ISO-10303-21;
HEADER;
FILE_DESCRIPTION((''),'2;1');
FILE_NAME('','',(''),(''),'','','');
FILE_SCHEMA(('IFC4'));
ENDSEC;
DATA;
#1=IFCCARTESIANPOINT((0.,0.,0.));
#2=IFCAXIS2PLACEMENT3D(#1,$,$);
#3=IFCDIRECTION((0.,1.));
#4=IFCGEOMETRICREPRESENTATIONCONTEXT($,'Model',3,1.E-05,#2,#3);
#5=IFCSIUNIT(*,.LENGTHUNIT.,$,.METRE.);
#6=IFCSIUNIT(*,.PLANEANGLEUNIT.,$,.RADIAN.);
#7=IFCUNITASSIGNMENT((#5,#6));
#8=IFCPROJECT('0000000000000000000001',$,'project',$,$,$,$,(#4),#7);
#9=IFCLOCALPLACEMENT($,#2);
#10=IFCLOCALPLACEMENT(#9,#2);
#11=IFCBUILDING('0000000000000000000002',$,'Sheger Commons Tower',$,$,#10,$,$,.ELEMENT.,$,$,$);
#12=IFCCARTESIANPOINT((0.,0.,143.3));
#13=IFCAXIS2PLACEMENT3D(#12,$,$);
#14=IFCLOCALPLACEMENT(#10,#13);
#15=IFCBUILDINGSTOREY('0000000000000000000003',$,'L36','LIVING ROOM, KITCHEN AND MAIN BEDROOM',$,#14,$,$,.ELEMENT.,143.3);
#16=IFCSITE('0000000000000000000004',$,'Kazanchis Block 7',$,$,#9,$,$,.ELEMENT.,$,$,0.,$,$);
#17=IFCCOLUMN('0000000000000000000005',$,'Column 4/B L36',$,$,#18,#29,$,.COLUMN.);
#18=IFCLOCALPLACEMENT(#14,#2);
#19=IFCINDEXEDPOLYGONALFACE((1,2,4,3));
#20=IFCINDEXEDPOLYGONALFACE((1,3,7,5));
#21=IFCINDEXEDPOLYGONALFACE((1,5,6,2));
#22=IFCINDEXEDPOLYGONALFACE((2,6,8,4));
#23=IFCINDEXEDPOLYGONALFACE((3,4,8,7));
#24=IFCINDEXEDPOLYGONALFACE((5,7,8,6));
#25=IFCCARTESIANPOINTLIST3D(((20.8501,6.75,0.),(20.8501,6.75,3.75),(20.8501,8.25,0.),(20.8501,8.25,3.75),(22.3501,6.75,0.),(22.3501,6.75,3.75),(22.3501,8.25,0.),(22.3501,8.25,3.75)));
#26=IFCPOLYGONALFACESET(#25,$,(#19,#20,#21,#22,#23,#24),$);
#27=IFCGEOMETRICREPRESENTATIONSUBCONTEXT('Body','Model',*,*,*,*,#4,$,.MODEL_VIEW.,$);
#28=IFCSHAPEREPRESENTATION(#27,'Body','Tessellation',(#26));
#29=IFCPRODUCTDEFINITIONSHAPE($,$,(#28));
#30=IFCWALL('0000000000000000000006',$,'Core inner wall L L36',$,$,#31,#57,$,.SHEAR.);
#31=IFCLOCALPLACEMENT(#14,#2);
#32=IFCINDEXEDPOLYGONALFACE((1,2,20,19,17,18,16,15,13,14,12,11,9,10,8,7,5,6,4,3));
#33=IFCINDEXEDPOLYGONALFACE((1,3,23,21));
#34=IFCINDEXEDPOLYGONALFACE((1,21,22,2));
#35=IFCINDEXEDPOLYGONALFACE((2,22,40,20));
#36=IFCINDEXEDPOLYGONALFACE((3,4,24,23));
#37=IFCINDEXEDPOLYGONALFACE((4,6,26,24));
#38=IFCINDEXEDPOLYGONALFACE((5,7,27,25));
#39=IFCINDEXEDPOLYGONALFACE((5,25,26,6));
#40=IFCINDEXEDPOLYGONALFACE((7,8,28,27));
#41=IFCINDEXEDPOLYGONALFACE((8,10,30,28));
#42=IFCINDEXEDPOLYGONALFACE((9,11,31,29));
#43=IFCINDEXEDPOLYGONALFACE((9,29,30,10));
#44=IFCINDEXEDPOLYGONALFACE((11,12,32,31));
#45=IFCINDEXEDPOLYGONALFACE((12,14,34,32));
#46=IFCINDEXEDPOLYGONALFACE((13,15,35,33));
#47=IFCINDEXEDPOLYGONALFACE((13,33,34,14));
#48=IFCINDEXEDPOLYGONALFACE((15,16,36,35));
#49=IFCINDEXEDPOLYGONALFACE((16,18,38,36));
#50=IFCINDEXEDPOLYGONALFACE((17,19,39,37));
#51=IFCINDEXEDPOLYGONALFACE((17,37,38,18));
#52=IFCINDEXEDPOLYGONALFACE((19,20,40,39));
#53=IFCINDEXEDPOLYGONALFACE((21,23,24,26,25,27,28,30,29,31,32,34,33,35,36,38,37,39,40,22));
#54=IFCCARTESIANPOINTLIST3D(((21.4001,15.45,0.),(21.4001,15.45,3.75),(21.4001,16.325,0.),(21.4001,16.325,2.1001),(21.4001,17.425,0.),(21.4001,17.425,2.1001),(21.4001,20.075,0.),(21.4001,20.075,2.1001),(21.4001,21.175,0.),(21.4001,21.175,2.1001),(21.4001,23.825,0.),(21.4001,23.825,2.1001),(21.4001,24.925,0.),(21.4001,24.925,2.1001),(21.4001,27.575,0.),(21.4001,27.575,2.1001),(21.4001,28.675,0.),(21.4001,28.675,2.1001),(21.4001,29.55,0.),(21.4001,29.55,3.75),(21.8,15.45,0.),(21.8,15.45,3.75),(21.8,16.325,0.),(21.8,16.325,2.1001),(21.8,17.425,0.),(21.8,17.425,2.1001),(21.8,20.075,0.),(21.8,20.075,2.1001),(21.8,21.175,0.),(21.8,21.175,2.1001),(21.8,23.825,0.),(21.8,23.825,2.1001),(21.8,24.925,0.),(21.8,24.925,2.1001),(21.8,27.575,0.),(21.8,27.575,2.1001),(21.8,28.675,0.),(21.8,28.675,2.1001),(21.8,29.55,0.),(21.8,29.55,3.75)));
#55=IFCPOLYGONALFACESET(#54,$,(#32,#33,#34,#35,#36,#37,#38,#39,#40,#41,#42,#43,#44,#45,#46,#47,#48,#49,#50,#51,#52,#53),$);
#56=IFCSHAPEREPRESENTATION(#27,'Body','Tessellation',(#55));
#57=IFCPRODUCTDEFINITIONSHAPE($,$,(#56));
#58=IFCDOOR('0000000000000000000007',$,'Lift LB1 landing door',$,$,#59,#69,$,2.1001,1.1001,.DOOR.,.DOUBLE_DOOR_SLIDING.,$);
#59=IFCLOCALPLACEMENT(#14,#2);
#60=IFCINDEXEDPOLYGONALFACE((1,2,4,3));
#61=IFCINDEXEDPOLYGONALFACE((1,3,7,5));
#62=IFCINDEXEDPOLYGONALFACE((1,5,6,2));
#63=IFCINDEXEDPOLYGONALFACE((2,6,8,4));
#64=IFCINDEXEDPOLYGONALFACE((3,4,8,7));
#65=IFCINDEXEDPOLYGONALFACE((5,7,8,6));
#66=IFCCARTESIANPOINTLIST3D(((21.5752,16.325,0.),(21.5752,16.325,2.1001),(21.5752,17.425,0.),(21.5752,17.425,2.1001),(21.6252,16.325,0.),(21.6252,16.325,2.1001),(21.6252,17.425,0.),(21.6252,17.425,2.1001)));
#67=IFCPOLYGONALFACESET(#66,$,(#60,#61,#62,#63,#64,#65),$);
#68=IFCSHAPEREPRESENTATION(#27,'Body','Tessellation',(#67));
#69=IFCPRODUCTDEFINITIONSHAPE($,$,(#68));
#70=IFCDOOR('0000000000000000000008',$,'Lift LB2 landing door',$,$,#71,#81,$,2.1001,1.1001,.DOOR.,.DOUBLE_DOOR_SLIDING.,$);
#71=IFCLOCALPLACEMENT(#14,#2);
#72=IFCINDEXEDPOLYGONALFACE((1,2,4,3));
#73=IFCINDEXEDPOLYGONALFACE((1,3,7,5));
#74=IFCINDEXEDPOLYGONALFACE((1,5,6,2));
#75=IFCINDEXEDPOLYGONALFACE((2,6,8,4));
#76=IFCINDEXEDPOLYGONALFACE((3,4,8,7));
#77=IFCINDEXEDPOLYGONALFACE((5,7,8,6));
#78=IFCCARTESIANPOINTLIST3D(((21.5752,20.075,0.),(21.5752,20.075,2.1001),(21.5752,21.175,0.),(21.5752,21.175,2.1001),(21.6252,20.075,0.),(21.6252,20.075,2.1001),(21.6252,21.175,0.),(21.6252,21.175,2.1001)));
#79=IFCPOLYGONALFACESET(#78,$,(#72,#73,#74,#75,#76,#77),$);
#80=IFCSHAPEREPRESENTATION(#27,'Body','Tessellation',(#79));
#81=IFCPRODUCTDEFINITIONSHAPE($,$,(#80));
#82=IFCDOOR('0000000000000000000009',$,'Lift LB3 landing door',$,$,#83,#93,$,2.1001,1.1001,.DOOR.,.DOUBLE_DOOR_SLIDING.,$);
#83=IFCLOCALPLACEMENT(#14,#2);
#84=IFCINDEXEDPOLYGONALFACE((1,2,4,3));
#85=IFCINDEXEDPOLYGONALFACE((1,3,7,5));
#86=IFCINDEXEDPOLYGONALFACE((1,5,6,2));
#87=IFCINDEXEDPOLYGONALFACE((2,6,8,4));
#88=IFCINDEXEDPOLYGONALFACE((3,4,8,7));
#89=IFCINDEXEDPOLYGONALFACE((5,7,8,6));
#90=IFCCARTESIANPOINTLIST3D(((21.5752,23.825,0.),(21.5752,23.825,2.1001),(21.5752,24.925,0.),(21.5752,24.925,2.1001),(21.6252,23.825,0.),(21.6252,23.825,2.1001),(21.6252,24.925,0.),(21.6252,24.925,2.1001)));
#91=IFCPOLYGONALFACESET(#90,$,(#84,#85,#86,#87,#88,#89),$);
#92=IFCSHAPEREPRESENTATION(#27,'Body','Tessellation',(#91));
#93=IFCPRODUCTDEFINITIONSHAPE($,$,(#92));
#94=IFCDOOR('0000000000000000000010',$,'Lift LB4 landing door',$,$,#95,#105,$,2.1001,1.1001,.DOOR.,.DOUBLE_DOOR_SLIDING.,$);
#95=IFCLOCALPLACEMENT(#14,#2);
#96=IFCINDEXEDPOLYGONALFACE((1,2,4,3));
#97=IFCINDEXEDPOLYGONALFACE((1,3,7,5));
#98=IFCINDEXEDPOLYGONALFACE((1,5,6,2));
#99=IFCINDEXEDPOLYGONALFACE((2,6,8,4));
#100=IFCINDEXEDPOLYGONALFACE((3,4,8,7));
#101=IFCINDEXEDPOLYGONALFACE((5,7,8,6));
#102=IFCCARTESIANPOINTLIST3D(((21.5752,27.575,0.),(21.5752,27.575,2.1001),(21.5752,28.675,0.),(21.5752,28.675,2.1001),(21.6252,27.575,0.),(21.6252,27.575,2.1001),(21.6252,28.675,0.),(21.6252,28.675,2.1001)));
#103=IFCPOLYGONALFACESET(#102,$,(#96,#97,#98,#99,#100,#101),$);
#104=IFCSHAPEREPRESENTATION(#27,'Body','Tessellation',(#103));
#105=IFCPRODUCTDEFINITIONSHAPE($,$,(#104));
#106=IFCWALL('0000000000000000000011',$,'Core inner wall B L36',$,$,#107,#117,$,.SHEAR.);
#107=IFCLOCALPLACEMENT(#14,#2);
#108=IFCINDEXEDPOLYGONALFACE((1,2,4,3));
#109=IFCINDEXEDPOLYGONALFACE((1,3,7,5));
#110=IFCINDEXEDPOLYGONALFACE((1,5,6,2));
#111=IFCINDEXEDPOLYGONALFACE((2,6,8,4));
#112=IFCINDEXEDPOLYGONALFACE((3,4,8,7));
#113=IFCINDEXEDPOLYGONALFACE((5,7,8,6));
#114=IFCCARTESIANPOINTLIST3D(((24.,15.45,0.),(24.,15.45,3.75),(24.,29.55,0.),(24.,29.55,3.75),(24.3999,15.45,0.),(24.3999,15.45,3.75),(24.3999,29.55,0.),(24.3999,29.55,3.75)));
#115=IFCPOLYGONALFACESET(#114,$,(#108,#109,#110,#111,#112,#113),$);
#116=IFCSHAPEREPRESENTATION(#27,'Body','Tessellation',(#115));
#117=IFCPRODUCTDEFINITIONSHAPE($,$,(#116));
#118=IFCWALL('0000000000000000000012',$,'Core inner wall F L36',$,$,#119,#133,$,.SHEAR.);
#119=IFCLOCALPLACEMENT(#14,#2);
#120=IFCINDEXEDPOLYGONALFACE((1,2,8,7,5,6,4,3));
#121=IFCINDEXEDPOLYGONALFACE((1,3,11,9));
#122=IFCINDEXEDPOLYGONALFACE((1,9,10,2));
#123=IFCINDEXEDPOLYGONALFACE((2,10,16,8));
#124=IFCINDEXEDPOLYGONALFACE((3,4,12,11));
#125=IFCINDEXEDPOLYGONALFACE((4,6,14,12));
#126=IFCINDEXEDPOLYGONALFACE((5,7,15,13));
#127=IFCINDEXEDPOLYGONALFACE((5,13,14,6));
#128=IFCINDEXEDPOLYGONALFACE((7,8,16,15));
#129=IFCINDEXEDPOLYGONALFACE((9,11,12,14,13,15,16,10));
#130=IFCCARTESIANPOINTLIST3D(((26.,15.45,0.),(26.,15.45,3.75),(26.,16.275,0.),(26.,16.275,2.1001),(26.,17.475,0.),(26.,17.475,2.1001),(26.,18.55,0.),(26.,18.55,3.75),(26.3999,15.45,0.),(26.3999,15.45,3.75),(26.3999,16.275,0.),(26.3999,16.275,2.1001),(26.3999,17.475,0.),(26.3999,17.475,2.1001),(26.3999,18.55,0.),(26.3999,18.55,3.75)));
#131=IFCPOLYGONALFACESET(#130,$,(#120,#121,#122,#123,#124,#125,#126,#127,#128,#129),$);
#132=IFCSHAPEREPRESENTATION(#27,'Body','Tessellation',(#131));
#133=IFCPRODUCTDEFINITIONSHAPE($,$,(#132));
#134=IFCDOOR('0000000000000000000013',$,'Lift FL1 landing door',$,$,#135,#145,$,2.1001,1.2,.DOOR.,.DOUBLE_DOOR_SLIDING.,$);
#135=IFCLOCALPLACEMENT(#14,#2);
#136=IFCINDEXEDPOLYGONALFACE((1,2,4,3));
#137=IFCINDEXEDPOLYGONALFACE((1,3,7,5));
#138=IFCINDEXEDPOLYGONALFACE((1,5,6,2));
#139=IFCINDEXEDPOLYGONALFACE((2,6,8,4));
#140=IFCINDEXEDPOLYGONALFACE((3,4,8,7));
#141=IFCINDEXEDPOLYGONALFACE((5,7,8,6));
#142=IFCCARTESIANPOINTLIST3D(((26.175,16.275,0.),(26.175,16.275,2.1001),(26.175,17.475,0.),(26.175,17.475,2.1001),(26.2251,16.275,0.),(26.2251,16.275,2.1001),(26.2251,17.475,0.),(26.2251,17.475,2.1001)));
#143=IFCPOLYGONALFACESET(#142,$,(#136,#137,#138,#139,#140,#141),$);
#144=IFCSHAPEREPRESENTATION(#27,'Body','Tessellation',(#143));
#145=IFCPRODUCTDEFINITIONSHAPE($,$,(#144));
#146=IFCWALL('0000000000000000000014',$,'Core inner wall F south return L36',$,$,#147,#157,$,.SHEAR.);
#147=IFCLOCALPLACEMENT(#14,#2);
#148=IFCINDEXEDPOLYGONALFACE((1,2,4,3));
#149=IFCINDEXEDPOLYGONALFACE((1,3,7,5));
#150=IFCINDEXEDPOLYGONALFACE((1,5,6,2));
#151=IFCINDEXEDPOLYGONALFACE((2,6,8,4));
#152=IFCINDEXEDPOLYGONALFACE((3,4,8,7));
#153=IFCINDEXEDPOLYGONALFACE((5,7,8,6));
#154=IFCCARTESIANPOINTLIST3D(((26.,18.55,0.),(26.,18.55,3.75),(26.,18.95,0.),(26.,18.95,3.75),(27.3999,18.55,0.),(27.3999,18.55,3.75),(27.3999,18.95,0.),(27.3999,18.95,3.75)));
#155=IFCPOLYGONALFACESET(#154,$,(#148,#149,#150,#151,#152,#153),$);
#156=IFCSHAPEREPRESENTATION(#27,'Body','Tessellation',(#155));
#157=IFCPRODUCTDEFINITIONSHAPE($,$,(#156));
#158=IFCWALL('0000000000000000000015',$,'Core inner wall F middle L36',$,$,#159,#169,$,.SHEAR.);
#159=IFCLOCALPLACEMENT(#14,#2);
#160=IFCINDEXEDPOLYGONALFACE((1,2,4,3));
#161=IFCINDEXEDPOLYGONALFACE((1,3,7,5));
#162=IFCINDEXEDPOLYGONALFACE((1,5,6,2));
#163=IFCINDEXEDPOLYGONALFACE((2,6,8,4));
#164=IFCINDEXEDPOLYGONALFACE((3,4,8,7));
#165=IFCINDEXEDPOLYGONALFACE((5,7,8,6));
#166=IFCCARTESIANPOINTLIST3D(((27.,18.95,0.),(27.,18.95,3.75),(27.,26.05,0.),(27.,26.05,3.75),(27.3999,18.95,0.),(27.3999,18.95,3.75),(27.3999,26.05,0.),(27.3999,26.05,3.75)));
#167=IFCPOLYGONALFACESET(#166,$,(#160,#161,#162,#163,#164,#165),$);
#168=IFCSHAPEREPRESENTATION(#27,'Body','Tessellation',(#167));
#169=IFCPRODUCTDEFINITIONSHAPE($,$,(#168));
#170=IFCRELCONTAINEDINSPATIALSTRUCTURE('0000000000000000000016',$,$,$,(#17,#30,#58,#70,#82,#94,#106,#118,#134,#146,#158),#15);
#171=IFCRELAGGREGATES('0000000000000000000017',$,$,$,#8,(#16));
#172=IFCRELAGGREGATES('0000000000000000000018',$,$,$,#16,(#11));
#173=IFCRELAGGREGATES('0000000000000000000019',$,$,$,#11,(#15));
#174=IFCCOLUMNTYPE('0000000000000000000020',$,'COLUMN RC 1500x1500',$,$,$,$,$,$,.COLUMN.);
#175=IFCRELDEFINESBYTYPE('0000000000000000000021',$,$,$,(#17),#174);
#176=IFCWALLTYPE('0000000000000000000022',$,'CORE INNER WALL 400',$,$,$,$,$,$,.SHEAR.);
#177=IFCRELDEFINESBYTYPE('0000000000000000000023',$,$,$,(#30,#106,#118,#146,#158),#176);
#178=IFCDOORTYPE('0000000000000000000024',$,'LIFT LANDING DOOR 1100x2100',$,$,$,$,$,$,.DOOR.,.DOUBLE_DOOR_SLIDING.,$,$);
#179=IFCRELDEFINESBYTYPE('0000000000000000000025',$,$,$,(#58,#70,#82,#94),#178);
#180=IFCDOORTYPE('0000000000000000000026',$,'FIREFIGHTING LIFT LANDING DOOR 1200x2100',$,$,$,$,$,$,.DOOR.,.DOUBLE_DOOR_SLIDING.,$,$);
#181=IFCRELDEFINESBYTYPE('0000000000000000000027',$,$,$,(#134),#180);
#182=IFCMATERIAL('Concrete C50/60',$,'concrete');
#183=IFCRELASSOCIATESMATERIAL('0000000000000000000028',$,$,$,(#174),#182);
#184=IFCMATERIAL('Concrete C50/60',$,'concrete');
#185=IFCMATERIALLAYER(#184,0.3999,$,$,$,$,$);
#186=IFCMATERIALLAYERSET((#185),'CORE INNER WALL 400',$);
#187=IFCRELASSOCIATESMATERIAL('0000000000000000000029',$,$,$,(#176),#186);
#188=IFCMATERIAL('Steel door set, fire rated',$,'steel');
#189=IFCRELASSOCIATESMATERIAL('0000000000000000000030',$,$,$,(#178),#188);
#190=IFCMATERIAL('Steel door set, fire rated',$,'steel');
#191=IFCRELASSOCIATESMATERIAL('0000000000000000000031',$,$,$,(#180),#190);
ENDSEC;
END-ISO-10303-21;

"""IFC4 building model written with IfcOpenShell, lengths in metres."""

from ifc_helpers import new_model, si_unit, direction, frame, frame_2d, origin, origin_2d, place, context, subcontext, project, spatial, rectangle, extrude, material, layer, layer_set, material_profile, profile_set, type_object, element, fill, save


model = new_model("IFC4")

# Units and contexts
model_context = context("Model", 3, precision=1e-05, world=origin(), true_north=direction((0.0, 1.0)))
body_context = subcontext(model_context, "Body", "Model", "MODEL_VIEW")
ifc_project = project(units=[si_unit("LENGTHUNIT", "METRE"), si_unit("PLANEANGLEUNIT", "RADIAN")], contexts=[model_context])

# Site, building, storey
site_placement = place(None, origin())
site = spatial("IfcSite", under=ifc_project, at=site_placement, Name="Kazanchis Block 7", CompositionType="ELEMENT", RefElevation=0.0)
building_placement = place(site_placement, origin())
building = spatial("IfcBuilding", under=site, at=building_placement, Name="Sheger Commons Tower", CompositionType="ELEMENT")
storey_placement = place(building_placement, frame((0.0, 0.0, 143.3)))
storey = spatial("IfcBuildingStorey", under=building, at=storey_placement, Name="L36", Description="LIVING ROOM, KITCHEN AND MAIN BEDROOM", CompositionType="ELEMENT", Elevation=143.3)

# Column
ifc_material_1 = material(Name="Concrete C50/60", Category="concrete")
ifc_material_profile = material_profile(ifc_material_1, rectangle(XDim=1.5, YDim=1.5, at=origin_2d()), Name="RC 1500x1500")
ifc_profile_set = profile_set([ifc_material_profile], Name="Concrete C50/60")
column_type = type_object("IfcColumnType", Name="COLUMN RC 1500x1500", PredefinedType="COLUMN", material=ifc_profile_set)
column_placement = place(storey_placement, frame((21.6001, 7.5, 0.0), z_axis=(0.0, 0.0, 1.0), x_axis=(1.0, 0.0, 0.0)))
element("IfcColumn", 1, at=column_placement, inside=storey, type_object=column_type, Name="Column 4/B L36", PredefinedType="COLUMN", context=body_context, shape_type="SweptSolid", body=[
    extrude(rectangle(XDim=1.5, YDim=1.5, at=origin_2d()), origin(), (0.0, 0.0, 1.0), 3.75),
])

# Wall, openings, doors
ifc_material_2 = material(Name="Concrete C50/60", Category="concrete")
ifc_layer_1 = layer(ifc_material_2, 0.3999)
ifc_layer_set_1 = layer_set([ifc_layer_1], Name="CORE INNER WALL 400")
wall_type_1 = type_object("IfcWallType", Name="CORE INNER WALL 400", PredefinedType="SHEAR", material=ifc_layer_set_1)
wall_1_placement = place(storey_placement, frame((21.6001, 15.45, 0.0), z_axis=(0.0, 0.0, 1.0), x_axis=(0.0, 1.0, 0.0)))
wall_1 = element("IfcWall", 2, at=wall_1_placement, inside=storey, type_object=wall_type_1, Name="Core inner wall L L36", PredefinedType="SHEAR", context=body_context, shape_type="SweptSolid", body=[
    extrude(rectangle(XDim=14.1001, YDim=0.3999, at=frame_2d((7.05, 0.0))), origin(), (0.0, 0.0, 1.0), 3.75),
])
opening_1_placement = place(wall_1_placement, frame((0.875, 0.0, 0.0)))
opening_1 = element("IfcOpeningElement", 3, at=opening_1_placement, cuts=wall_1, PredefinedType="OPENING", context=body_context, shape_type="SweptSolid", body=[
    extrude(rectangle(XDim=1.1001, YDim=2.1001, at=frame_2d((0.55, 1.05))), frame((0.0, 0.21, 0.0), z_axis=(0.0, -1.0, 0.0), x_axis=(1.0, 0.0, 0.0)), (0.0, 0.0, 1.0), 0.4199),
])
opening_2_placement = place(wall_1_placement, frame((4.625, 0.0, 0.0)))
opening_2 = element("IfcOpeningElement", 4, at=opening_2_placement, cuts=wall_1, PredefinedType="OPENING", context=body_context, shape_type="SweptSolid", body=[
    extrude(rectangle(XDim=1.1001, YDim=2.1001, at=frame_2d((0.55, 1.05))), frame((0.0, 0.21, 0.0), z_axis=(0.0, -1.0, 0.0), x_axis=(1.0, 0.0, 0.0)), (0.0, 0.0, 1.0), 0.4199),
])
opening_3_placement = place(wall_1_placement, frame((8.375, 0.0, 0.0)))
opening_3 = element("IfcOpeningElement", 5, at=opening_3_placement, cuts=wall_1, PredefinedType="OPENING", context=body_context, shape_type="SweptSolid", body=[
    extrude(rectangle(XDim=1.1001, YDim=2.1001, at=frame_2d((0.55, 1.05))), frame((0.0, 0.21, 0.0), z_axis=(0.0, -1.0, 0.0), x_axis=(1.0, 0.0, 0.0)), (0.0, 0.0, 1.0), 0.4199),
])
opening_4_placement = place(wall_1_placement, frame((12.125, 0.0, 0.0)))
opening_4 = element("IfcOpeningElement", 6, at=opening_4_placement, cuts=wall_1, PredefinedType="OPENING", context=body_context, shape_type="SweptSolid", body=[
    extrude(rectangle(XDim=1.1001, YDim=2.1001, at=frame_2d((0.55, 1.05))), frame((0.0, 0.21, 0.0), z_axis=(0.0, -1.0, 0.0), x_axis=(1.0, 0.0, 0.0)), (0.0, 0.0, 1.0), 0.4199),
])
ifc_material_3 = material(Name="Steel door set, fire rated", Category="steel")
door_type_1 = type_object("IfcDoorType", Name="LIFT LANDING DOOR 1100x2100", OperationType="DOUBLE_DOOR_SLIDING", PredefinedType="DOOR", material=ifc_material_3)
door_1_placement = place(opening_1_placement, origin())
door_1 = element("IfcDoor", 7, at=door_1_placement, inside=storey, type_object=door_type_1, Name="Lift LB1 landing door", OperationType="DOUBLE_DOOR_SLIDING", OverallHeight=2.1001, OverallWidth=1.1001, PredefinedType="DOOR", context=body_context, shape_type="SweptSolid", body=[
    extrude(rectangle(XDim=1.1001, YDim=2.1001, at=frame_2d((0.55, 1.05))), frame((0.0, 0.0249, 0.0), z_axis=(0.0, -1.0, 0.0), x_axis=(1.0, 0.0, 0.0)), (0.0, 0.0, 1.0), 0.05),
])
fill(opening_1, door_1)
door_2_placement = place(opening_2_placement, origin())
door_2 = element("IfcDoor", 8, at=door_2_placement, inside=storey, type_object=door_type_1, Name="Lift LB2 landing door", OperationType="DOUBLE_DOOR_SLIDING", OverallHeight=2.1001, OverallWidth=1.1001, PredefinedType="DOOR", context=body_context, shape_type="SweptSolid", body=[
    extrude(rectangle(XDim=1.1001, YDim=2.1001, at=frame_2d((0.55, 1.05))), frame((0.0, 0.0249, 0.0), z_axis=(0.0, -1.0, 0.0), x_axis=(1.0, 0.0, 0.0)), (0.0, 0.0, 1.0), 0.05),
])
fill(opening_2, door_2)
door_3_placement = place(opening_3_placement, origin())
door_3 = element("IfcDoor", 9, at=door_3_placement, inside=storey, type_object=door_type_1, Name="Lift LB3 landing door", OperationType="DOUBLE_DOOR_SLIDING", OverallHeight=2.1001, OverallWidth=1.1001, PredefinedType="DOOR", context=body_context, shape_type="SweptSolid", body=[
    extrude(rectangle(XDim=1.1001, YDim=2.1001, at=frame_2d((0.55, 1.05))), frame((0.0, 0.0249, 0.0), z_axis=(0.0, -1.0, 0.0), x_axis=(1.0, 0.0, 0.0)), (0.0, 0.0, 1.0), 0.05),
])
fill(opening_3, door_3)
door_4_placement = place(opening_4_placement, origin())
door_4 = element("IfcDoor", 10, at=door_4_placement, inside=storey, type_object=door_type_1, Name="Lift LB4 landing door", OperationType="DOUBLE_DOOR_SLIDING", OverallHeight=2.1001, OverallWidth=1.1001, PredefinedType="DOOR", context=body_context, shape_type="SweptSolid", body=[
    extrude(rectangle(XDim=1.1001, YDim=2.1001, at=frame_2d((0.55, 1.05))), frame((0.0, 0.0249, 0.0), z_axis=(0.0, -1.0, 0.0), x_axis=(1.0, 0.0, 0.0)), (0.0, 0.0, 1.0), 0.05),
])
fill(opening_4, door_4)

# Wall
wall_2_placement = place(storey_placement, frame((24.2, 15.45, 0.0), z_axis=(0.0, 0.0, 1.0), x_axis=(0.0, 1.0, 0.0)))
element("IfcWall", 11, at=wall_2_placement, inside=storey, type_object=wall_type_1, Name="Core inner wall B L36", PredefinedType="SHEAR", context=body_context, shape_type="SweptSolid", body=[
    extrude(rectangle(XDim=14.1001, YDim=0.3999, at=frame_2d((7.05, 0.0))), origin(), (0.0, 0.0, 1.0), 3.75),
])

# Wall, opening, door
wall_3_placement = place(storey_placement, frame((26.2, 15.45, 0.0), z_axis=(0.0, 0.0, 1.0), x_axis=(0.0, 1.0, 0.0)))
wall_3 = element("IfcWall", 12, at=wall_3_placement, inside=storey, type_object=wall_type_1, Name="Core inner wall F L36", PredefinedType="SHEAR", context=body_context, shape_type="SweptSolid", body=[
    extrude(rectangle(XDim=3.1001, YDim=0.3999, at=frame_2d((1.55, 0.0))), origin(), (0.0, 0.0, 1.0), 3.75),
])
opening_5_placement = place(wall_3_placement, frame((0.825, 0.0, 0.0)))
opening_5 = element("IfcOpeningElement", 13, at=opening_5_placement, cuts=wall_3, PredefinedType="OPENING", context=body_context, shape_type="SweptSolid", body=[
    extrude(rectangle(XDim=1.2, YDim=2.1001, at=frame_2d((0.6001, 1.05))), frame((0.0, 0.21, 0.0), z_axis=(0.0, -1.0, 0.0), x_axis=(1.0, 0.0, 0.0)), (0.0, 0.0, 1.0), 0.4199),
])
ifc_material_4 = material(Name="Steel door set, fire rated", Category="steel")
door_type_2 = type_object("IfcDoorType", Name="FIREFIGHTING LIFT LANDING DOOR 1200x2100", OperationType="DOUBLE_DOOR_SLIDING", PredefinedType="DOOR", material=ifc_material_4)
door_5_placement = place(opening_5_placement, origin())
door_5 = element("IfcDoor", 14, at=door_5_placement, inside=storey, type_object=door_type_2, Name="Lift FL1 landing door", OperationType="DOUBLE_DOOR_SLIDING", OverallHeight=2.1001, OverallWidth=1.2, PredefinedType="DOOR", context=body_context, shape_type="SweptSolid", body=[
    extrude(rectangle(XDim=1.2, YDim=2.1001, at=frame_2d((0.6001, 1.05))), frame((0.0, 0.0249, 0.0), z_axis=(0.0, -1.0, 0.0), x_axis=(1.0, 0.0, 0.0)), (0.0, 0.0, 1.0), 0.05),
])
fill(opening_5, door_5)

# Walls
wall_4_placement = place(storey_placement, frame((26.0, 18.75, 0.0), z_axis=(0.0, 0.0, 1.0), x_axis=(1.0, 0.0, 0.0)))
element("IfcWall", 15, at=wall_4_placement, inside=storey, type_object=wall_type_1, Name="Core inner wall F south return L36", PredefinedType="SHEAR", context=body_context, shape_type="SweptSolid", body=[
    extrude(rectangle(XDim=1.3999, YDim=0.3999, at=frame_2d((0.7, 0.0))), origin(), (0.0, 0.0, 1.0), 3.75),
])
wall_5_placement = place(storey_placement, frame((27.2, 18.95, 0.0), z_axis=(0.0, 0.0, 1.0), x_axis=(0.0, 1.0, 0.0)))
element("IfcWall", 16, at=wall_5_placement, inside=storey, type_object=wall_type_1, Name="Core inner wall F middle L36", PredefinedType="SHEAR", context=body_context, shape_type="SweptSolid", body=[
    extrude(rectangle(XDim=7.1001, YDim=0.3999, at=frame_2d((3.55, 0.0))), origin(), (0.0, 0.0, 1.0), 3.75),
])

save(model, "model.ifc")
